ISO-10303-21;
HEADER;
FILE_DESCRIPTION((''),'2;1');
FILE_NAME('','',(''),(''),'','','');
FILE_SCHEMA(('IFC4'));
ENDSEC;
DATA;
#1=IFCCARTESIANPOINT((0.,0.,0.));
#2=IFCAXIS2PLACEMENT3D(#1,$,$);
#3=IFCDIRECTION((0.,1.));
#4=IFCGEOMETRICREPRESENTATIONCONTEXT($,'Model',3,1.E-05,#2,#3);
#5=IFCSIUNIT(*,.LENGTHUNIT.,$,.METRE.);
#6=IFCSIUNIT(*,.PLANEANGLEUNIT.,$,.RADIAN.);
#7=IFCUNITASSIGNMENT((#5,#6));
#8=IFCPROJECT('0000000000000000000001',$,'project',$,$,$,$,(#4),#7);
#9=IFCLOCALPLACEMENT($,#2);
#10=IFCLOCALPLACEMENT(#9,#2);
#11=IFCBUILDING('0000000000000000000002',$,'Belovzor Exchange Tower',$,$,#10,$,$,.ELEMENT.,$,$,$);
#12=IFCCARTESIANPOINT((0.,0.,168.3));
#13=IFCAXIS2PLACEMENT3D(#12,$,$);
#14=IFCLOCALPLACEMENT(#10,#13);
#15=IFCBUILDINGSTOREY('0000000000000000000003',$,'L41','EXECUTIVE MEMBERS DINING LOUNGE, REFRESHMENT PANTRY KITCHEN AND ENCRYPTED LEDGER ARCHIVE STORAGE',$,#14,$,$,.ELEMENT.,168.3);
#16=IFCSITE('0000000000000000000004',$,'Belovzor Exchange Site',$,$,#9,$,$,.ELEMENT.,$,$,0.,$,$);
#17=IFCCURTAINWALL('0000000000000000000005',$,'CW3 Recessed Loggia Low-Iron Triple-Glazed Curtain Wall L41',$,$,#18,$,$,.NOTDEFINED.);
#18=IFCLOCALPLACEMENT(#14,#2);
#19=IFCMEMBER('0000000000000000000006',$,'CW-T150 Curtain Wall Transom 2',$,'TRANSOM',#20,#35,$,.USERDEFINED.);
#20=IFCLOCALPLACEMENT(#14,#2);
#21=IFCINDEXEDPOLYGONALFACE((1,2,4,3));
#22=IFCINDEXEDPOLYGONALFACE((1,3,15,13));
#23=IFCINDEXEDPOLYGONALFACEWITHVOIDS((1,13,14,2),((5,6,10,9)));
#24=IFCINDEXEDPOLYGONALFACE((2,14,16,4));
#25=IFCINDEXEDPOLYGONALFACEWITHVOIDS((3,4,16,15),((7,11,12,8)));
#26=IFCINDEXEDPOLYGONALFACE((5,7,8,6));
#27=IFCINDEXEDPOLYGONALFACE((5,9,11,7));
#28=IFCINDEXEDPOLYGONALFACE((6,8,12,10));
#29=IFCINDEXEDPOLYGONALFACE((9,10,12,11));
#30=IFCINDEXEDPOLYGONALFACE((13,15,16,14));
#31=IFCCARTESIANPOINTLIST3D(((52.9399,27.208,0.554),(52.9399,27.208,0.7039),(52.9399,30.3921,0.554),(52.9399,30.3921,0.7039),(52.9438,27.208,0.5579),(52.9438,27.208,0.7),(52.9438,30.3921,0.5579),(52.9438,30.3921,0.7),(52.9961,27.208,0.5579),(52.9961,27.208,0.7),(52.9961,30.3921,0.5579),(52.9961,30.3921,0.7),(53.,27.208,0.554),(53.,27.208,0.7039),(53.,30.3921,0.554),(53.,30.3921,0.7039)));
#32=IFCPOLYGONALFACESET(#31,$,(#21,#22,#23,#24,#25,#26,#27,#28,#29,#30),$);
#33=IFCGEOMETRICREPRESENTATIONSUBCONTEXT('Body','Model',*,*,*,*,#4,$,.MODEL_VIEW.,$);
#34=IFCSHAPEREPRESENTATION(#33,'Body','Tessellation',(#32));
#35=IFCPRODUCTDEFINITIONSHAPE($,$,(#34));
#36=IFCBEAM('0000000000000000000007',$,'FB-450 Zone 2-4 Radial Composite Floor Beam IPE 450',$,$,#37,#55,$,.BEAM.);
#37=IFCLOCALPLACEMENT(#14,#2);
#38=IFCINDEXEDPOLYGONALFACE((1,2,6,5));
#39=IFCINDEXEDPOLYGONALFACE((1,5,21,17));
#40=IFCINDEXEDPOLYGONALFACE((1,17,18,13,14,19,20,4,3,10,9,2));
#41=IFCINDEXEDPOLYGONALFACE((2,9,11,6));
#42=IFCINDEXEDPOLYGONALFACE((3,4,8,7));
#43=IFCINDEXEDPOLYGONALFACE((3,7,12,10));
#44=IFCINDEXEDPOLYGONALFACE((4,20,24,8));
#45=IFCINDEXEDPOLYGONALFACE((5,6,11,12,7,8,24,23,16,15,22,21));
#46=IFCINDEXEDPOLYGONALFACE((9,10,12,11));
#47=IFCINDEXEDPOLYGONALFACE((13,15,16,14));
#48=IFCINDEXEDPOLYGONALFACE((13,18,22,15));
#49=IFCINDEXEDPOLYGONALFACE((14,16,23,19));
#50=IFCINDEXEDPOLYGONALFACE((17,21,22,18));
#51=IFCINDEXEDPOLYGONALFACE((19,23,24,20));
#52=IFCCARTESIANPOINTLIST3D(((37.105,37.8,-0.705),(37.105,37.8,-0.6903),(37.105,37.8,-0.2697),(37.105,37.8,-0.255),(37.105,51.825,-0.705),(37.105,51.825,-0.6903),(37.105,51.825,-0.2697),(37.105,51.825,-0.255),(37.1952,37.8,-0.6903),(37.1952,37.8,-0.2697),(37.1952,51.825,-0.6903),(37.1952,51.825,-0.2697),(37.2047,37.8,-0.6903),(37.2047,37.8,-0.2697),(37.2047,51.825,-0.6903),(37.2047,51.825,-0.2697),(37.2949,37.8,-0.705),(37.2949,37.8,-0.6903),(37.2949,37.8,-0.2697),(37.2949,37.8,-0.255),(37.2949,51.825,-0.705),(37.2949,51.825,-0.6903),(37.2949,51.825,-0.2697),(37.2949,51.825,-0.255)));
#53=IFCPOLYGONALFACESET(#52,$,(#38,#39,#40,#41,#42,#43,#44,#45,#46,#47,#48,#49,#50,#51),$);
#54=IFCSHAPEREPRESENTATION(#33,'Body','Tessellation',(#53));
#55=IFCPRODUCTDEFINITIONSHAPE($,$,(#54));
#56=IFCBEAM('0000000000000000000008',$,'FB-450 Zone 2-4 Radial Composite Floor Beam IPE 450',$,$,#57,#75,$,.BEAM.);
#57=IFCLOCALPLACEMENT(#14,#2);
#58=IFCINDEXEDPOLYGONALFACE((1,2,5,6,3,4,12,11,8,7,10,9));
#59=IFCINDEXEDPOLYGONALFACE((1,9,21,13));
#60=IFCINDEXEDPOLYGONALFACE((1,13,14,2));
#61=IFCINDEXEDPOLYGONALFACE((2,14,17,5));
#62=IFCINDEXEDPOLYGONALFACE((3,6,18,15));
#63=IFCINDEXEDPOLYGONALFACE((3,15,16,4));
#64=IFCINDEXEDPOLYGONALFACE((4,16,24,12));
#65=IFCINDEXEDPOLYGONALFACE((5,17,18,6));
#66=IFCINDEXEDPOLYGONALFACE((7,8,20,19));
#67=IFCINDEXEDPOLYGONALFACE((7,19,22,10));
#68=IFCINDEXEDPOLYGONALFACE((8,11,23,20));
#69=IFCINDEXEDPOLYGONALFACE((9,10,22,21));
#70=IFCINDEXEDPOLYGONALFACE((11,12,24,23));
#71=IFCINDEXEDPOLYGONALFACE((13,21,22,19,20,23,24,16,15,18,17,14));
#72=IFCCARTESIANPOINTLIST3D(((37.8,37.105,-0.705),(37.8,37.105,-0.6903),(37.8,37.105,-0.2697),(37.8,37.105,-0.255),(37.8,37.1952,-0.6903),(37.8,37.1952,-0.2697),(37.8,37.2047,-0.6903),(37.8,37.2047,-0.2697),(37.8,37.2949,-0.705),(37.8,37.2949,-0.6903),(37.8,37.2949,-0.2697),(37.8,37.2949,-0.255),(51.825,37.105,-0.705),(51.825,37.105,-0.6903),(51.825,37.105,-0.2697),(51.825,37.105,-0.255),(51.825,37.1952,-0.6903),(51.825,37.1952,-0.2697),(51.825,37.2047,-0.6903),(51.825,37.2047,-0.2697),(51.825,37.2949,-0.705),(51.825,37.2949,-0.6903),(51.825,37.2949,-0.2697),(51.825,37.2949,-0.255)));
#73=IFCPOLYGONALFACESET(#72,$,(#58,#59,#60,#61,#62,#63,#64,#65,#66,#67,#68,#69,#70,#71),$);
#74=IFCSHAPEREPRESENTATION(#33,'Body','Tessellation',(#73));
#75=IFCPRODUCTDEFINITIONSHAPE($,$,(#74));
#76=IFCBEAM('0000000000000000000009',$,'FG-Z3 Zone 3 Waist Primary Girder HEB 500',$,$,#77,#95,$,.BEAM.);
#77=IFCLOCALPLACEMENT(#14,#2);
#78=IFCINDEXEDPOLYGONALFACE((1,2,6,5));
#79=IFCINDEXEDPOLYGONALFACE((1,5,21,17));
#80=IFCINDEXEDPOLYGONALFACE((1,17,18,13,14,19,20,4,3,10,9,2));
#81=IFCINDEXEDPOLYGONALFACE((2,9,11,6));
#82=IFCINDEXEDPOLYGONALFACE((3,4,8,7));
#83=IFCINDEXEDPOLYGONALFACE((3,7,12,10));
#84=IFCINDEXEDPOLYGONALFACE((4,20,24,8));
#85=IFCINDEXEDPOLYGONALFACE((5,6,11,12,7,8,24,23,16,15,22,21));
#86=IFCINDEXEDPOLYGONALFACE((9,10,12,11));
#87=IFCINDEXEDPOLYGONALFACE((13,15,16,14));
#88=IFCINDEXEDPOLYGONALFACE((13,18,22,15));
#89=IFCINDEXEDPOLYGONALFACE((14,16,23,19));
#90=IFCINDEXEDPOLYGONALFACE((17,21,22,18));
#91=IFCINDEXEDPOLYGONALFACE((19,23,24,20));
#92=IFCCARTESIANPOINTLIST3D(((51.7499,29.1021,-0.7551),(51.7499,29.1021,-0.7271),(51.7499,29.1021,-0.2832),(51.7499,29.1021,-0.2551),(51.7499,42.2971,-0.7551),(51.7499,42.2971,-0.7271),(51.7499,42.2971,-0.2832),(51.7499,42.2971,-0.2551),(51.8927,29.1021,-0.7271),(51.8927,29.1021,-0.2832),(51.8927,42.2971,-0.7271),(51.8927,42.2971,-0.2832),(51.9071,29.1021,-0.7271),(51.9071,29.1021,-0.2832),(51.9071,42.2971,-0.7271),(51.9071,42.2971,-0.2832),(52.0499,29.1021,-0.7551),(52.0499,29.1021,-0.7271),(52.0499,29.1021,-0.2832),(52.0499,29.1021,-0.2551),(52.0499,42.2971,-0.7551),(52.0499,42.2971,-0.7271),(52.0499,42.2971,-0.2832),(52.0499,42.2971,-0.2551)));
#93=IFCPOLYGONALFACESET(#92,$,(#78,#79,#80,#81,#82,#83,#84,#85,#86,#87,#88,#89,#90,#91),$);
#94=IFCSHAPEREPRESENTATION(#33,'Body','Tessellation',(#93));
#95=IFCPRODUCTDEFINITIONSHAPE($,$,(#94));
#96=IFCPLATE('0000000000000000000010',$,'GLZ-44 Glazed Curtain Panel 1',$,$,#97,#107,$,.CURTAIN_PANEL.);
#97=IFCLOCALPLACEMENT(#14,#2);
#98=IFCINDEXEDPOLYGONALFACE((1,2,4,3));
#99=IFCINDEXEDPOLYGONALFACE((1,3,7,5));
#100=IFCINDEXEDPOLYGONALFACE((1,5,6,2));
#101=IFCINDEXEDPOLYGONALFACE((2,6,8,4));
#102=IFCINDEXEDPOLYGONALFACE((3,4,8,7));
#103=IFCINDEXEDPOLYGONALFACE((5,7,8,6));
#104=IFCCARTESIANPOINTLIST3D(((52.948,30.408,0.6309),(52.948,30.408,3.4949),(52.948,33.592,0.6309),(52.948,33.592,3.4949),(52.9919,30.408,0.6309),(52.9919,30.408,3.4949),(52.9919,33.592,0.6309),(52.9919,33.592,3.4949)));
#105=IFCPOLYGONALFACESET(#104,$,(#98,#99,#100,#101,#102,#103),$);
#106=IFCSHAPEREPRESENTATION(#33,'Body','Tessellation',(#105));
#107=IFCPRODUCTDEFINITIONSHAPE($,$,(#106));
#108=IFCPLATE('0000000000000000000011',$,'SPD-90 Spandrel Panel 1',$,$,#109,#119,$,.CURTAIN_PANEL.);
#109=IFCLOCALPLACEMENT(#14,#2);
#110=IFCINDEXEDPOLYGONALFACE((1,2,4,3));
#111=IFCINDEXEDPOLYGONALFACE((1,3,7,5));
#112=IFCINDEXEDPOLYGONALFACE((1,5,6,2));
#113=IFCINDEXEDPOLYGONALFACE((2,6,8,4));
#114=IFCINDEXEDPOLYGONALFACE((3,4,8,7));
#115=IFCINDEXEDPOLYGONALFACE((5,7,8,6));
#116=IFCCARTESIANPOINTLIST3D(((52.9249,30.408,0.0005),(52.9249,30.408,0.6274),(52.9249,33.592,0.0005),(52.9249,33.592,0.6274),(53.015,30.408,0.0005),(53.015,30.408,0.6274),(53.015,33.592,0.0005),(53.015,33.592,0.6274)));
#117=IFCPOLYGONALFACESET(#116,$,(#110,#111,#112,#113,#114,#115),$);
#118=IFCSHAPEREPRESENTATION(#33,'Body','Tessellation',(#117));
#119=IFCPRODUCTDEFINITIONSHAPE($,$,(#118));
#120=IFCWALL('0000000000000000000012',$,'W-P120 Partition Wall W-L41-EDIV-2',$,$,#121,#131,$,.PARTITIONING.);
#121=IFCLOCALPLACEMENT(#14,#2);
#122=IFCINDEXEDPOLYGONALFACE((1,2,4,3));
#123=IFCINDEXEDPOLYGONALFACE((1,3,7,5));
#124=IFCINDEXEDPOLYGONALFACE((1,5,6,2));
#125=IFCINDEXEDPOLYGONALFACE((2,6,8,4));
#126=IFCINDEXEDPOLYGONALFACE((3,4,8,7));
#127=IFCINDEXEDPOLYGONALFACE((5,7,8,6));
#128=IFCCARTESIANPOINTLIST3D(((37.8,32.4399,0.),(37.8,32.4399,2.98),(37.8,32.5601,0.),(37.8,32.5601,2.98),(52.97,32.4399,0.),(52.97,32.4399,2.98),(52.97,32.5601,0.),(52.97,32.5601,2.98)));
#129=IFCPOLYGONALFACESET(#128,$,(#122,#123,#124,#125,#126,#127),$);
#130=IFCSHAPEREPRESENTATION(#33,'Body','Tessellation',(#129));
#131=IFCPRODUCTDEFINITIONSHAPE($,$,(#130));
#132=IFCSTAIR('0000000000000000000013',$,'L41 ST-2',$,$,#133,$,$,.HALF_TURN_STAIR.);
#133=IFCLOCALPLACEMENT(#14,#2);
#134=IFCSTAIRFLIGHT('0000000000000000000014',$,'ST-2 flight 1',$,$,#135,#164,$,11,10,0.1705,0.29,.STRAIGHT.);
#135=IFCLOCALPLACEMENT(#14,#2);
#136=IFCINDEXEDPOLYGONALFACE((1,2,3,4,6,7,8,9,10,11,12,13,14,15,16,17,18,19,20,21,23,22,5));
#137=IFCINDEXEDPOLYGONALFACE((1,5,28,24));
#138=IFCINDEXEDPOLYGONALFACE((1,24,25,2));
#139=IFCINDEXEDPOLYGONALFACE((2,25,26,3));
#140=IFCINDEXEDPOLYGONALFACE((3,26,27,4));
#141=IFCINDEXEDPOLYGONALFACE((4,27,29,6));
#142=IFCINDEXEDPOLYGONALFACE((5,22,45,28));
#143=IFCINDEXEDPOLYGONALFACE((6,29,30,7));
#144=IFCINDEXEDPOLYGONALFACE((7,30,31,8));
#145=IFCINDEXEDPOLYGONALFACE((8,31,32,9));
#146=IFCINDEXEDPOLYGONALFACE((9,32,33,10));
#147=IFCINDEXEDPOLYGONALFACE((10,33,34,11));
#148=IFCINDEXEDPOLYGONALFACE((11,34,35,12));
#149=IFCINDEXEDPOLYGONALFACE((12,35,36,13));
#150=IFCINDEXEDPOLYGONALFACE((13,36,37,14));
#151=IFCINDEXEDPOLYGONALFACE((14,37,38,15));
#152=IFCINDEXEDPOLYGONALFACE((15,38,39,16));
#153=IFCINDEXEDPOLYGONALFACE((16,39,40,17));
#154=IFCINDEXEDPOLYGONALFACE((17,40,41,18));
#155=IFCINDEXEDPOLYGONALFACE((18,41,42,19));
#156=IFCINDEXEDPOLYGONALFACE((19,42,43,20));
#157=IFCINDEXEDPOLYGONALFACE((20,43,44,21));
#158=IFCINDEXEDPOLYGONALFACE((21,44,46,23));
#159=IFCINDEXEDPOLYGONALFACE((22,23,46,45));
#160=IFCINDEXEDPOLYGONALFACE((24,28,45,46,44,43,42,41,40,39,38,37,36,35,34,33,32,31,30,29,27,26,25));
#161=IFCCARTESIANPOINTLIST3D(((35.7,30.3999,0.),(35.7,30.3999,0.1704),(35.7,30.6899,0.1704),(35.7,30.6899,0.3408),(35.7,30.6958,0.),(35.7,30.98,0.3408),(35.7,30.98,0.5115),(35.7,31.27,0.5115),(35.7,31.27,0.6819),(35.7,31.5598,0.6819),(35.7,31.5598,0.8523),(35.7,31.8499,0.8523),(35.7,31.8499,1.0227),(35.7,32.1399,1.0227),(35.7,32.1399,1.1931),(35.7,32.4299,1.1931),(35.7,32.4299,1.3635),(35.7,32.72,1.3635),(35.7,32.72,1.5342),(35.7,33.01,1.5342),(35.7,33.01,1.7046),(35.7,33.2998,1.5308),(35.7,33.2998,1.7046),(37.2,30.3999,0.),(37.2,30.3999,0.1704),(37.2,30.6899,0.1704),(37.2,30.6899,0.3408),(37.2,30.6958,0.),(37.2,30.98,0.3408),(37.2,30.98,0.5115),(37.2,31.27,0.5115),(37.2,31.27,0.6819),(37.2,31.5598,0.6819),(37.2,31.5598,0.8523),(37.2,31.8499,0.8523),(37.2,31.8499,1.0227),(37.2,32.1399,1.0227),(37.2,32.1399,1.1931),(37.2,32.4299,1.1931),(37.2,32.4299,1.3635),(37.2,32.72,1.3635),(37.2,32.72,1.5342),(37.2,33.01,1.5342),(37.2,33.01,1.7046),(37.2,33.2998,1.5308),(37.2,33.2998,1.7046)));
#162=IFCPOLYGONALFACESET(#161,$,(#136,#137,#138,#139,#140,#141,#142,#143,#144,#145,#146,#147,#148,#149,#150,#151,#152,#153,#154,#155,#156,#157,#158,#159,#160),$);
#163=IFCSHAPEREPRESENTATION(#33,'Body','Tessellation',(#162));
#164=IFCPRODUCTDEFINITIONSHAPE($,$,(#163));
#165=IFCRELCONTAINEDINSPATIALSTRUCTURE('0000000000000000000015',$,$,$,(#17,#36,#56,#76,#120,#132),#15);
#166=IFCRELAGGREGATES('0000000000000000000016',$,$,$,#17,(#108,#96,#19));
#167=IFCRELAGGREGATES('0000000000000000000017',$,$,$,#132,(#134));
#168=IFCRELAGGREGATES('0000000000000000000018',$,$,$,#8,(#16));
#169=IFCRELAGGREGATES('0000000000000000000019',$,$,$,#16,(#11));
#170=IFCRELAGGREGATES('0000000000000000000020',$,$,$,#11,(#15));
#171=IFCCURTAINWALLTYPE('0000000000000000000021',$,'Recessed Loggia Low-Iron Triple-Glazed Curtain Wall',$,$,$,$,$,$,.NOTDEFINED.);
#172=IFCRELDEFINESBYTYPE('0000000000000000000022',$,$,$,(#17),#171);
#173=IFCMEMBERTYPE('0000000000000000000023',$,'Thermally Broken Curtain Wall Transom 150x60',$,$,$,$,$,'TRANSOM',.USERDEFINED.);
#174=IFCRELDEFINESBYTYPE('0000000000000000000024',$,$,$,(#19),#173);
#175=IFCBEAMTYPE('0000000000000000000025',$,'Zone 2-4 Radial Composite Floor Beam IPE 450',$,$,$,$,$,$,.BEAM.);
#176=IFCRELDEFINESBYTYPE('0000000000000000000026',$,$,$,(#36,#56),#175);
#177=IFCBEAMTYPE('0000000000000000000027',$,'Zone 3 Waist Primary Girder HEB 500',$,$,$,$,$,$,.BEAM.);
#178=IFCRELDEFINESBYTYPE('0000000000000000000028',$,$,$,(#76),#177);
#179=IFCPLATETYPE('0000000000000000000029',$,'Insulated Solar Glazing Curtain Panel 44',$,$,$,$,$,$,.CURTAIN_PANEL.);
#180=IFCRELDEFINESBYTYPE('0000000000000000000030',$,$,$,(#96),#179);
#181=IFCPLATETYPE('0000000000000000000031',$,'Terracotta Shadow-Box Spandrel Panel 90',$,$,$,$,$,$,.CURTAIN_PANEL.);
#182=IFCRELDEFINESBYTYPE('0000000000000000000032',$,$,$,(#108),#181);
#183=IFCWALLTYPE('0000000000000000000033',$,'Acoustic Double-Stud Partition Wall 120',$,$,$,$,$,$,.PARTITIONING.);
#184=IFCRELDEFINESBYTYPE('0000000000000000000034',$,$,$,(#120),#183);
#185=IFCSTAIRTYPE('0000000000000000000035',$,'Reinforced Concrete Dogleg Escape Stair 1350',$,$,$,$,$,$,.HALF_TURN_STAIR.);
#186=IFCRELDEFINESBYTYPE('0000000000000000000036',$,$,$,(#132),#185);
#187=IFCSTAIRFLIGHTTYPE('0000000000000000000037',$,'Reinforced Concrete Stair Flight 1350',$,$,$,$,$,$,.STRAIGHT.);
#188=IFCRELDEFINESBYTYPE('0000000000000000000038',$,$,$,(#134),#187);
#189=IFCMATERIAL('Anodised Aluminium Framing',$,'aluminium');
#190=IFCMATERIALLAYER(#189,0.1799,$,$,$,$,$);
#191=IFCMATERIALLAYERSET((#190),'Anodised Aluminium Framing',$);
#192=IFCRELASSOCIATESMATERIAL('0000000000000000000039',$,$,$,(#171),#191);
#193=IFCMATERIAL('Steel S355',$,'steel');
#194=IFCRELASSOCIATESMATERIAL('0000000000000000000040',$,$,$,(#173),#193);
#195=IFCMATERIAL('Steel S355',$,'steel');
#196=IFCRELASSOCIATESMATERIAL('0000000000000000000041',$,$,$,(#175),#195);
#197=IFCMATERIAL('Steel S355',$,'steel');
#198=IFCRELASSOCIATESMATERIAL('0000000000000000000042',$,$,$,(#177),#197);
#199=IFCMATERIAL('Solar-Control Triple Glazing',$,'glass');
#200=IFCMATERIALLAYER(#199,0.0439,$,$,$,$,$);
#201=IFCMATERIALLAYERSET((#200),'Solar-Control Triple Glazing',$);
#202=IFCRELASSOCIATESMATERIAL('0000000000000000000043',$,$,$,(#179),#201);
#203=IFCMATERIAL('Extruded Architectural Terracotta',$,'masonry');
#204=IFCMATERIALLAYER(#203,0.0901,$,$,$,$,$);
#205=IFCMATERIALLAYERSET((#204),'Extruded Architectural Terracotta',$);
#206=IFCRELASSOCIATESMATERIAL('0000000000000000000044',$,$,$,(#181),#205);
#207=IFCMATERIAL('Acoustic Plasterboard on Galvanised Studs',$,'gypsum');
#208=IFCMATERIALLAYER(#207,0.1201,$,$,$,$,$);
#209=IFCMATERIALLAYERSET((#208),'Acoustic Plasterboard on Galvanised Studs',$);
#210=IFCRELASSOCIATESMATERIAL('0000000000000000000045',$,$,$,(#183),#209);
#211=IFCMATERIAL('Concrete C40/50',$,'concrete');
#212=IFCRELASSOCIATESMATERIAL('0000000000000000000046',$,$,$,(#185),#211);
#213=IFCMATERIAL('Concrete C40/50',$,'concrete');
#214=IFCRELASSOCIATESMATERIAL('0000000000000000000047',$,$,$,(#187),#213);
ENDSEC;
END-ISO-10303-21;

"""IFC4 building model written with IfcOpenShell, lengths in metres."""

from ifc_helpers import new_model, si_unit, direction, frame, frame_2d, origin, origin_2d, place, context, subcontext, project, spatial, polyline, rectangle, hollow_rectangle, i_section, outline, extrude, material, layer, layer_set, material_profile, profile_set, type_object, element, aggregate, save


model = new_model("IFC4")

# Units and contexts
model_context = context("Model", 3, precision=1e-05, world=origin(), true_north=direction((0.0, 1.0)))
body_context = subcontext(model_context, "Body", "Model", "MODEL_VIEW")
ifc_project = project(units=[si_unit("LENGTHUNIT", "METRE"), si_unit("PLANEANGLEUNIT", "RADIAN")], contexts=[model_context])

# Site, building, storey
site_placement = place(None, origin())
site = spatial("IfcSite", under=ifc_project, at=site_placement, Name="Belovzor Exchange Site", CompositionType="ELEMENT", RefElevation=0.0)
building_placement = place(site_placement, origin())
building = spatial("IfcBuilding", under=site, at=building_placement, Name="Belovzor Exchange Tower", CompositionType="ELEMENT")
storey_placement = place(building_placement, frame((0.0, 0.0, 168.3)))
storey = spatial("IfcBuildingStorey", under=building, at=storey_placement, Name="L41", Description="EXECUTIVE MEMBERS DINING LOUNGE, REFRESHMENT PANTRY KITCHEN AND ENCRYPTED LEDGER ARCHIVE STORAGE", CompositionType="ELEMENT", Elevation=168.3)

# Curtain wall, member
ifc_material_1 = material(Name="Anodised Aluminium Framing", Category="aluminium")
ifc_layer_1 = layer(ifc_material_1, 0.1799)
ifc_layer_set_1 = layer_set([ifc_layer_1], Name="Anodised Aluminium Framing")
curtain_wall_type = type_object("IfcCurtainWallType", Name="Recessed Loggia Low-Iron Triple-Glazed Curtain Wall", PredefinedType="NOTDEFINED", material=ifc_layer_set_1)
curtain_wall_placement = place(storey_placement, origin())
curtain_wall = element("IfcCurtainWall", 1, at=curtain_wall_placement, inside=storey, type_object=curtain_wall_type, Name="CW3 Recessed Loggia Low-Iron Triple-Glazed Curtain Wall L41", PredefinedType="NOTDEFINED")
ifc_material_2 = material(Name="Steel S355", Category="steel")
ifc_material_profile_1 = material_profile(ifc_material_2, hollow_rectangle(XDim=0.0601, YDim=0.1499, WallThickness=0.0039, at=origin_2d()))
ifc_profile_set_1 = profile_set([ifc_material_profile_1], Name="Steel S355")
member_type_1 = type_object("IfcMemberType", Name="Thermally Broken Curtain Wall Transom 150x60", ElementType="TRANSOM", PredefinedType="USERDEFINED", material=ifc_profile_set_1)
member_1_placement = place(storey_placement, frame((52.97, 30.3921, 0.6289), z_axis=(0.0, -1.0, 0.0), x_axis=(1.0, 0.0, 0.0)))
member_1 = element("IfcMember", 2, at=member_1_placement, type_object=member_type_1, Name="CW-T150 Curtain Wall Transom 2", ObjectType="TRANSOM", PredefinedType="USERDEFINED", context=body_context, shape_type="SweptSolid", body=[
    extrude(hollow_rectangle(XDim=0.0601, YDim=0.1499, WallThickness=0.0039, at=origin_2d()), origin(), (0.0, 0.0, 1.0), 3.1841),
])

# Beams
ifc_material_3 = material(Name="Steel S355", Category="steel")
ifc_material_profile_2 = material_profile(ifc_material_3, i_section(OverallWidth=0.1899, OverallDepth=0.45, WebThickness=0.0095, FlangeThickness=0.0146, at=origin_2d()))
ifc_profile_set_2 = profile_set([ifc_material_profile_2], Name="Steel S355")
beam_type_1 = type_object("IfcBeamType", Name="Zone 2-4 Radial Composite Floor Beam IPE 450", PredefinedType="BEAM", material=ifc_profile_set_2)
for number, where, z_axis, x_axis, name in (
    (3, (37.2, 37.8, -0.48), (0.0, 1.0, 0.0), (-1.0, 0.0, 0.0), "FB-450 Zone 2-4 Radial Composite Floor Beam IPE 450"),
    (4, (37.8, 37.2, -0.48), (1.0, 0.0, 0.0), (0.0, 1.0, 0.0), "FB-450 Zone 2-4 Radial Composite Floor Beam IPE 450"),
):
    element("IfcBeam", number, at=place(storey_placement, frame(where, z_axis=z_axis, x_axis=x_axis)), inside=storey, type_object=beam_type_1, Name=name, PredefinedType="BEAM", context=body_context, shape_type="SweptSolid", body=[
        extrude(i_section(OverallWidth=0.1899, OverallDepth=0.45, WebThickness=0.0095, FlangeThickness=0.0146, at=origin_2d()), origin(), (0.0, 0.0, 1.0), 14.0249),
    ])
ifc_material_4 = material(Name="Steel S355", Category="steel")
ifc_material_profile_3 = material_profile(ifc_material_4, i_section(OverallWidth=0.3, OverallDepth=0.5, WebThickness=0.0144, FlangeThickness=0.0281, at=origin_2d()))
ifc_profile_set_3 = profile_set([ifc_material_profile_3], Name="Steel S355")
beam_type_2 = type_object("IfcBeamType", Name="Zone 3 Waist Primary Girder HEB 500", PredefinedType="BEAM", material=ifc_profile_set_3)
beam_1_placement = place(storey_placement, frame((51.8999, 29.1021, -0.5051), z_axis=(0.0, 1.0, 0.0), x_axis=(-1.0, 0.0, 0.0)))
element("IfcBeam", 5, at=beam_1_placement, inside=storey, type_object=beam_type_2, Name="FG-Z3 Zone 3 Waist Primary Girder HEB 500", PredefinedType="BEAM", context=body_context, shape_type="SweptSolid", body=[
    extrude(i_section(OverallWidth=0.3, OverallDepth=0.5, WebThickness=0.0144, FlangeThickness=0.0281, at=origin_2d()), origin(), (0.0, 0.0, 1.0), 13.1951),
])

# Plates
ifc_material_5 = material(Name="Solar-Control Triple Glazing", Category="glass")
ifc_layer_2 = layer(ifc_material_5, 0.0439)
ifc_layer_set_2 = layer_set([ifc_layer_2], Name="Solar-Control Triple Glazing")
plate_type_1 = type_object("IfcPlateType", Name="Insulated Solar Glazing Curtain Panel 44", PredefinedType="CURTAIN_PANEL", material=ifc_layer_set_2)
plate_1_placement = place(storey_placement, frame((52.97, 32.0, 0.6309), z_axis=(0.0, 0.0, 1.0), x_axis=(0.0, -1.0, 0.0)))
plate_1 = element("IfcPlate", 6, at=plate_1_placement, type_object=plate_type_1, Name="GLZ-44 Glazed Curtain Panel 1", PredefinedType="CURTAIN_PANEL", context=body_context, shape_type="SweptSolid", body=[
    extrude(rectangle(XDim=3.1841, YDim=0.0439, at=origin_2d()), origin(), (0.0, 0.0, 1.0), 2.864),
])
ifc_material_6 = material(Name="Extruded Architectural Terracotta", Category="masonry")
ifc_layer_3 = layer(ifc_material_6, 0.0901)
ifc_layer_set_3 = layer_set([ifc_layer_3], Name="Extruded Architectural Terracotta")
plate_type_2 = type_object("IfcPlateType", Name="Terracotta Shadow-Box Spandrel Panel 90", PredefinedType="CURTAIN_PANEL", material=ifc_layer_set_3)
plate_2_placement = place(storey_placement, frame((52.97, 32.0, 0.0005), z_axis=(0.0, 0.0, 1.0), x_axis=(0.0, -1.0, 0.0)))
plate_2 = element("IfcPlate", 7, at=plate_2_placement, type_object=plate_type_2, Name="SPD-90 Spandrel Panel 1", PredefinedType="CURTAIN_PANEL", context=body_context, shape_type="SweptSolid", body=[
    extrude(rectangle(XDim=3.1841, YDim=0.0901, at=origin_2d()), origin(), (0.0, 0.0, 1.0), 0.627),
])
aggregate(curtain_wall, [plate_2, plate_1, member_1])

# Wall
ifc_material_7 = material(Name="Acoustic Plasterboard on Galvanised Studs", Category="gypsum")
ifc_layer_4 = layer(ifc_material_7, 0.1201)
ifc_layer_set_4 = layer_set([ifc_layer_4], Name="Acoustic Plasterboard on Galvanised Studs")
wall_type = type_object("IfcWallType", Name="Acoustic Double-Stud Partition Wall 120", PredefinedType="PARTITIONING", material=ifc_layer_set_4)
wall_placement = place(storey_placement, frame((37.8, 32.5, 0.0), z_axis=(0.0, 0.0, 1.0), x_axis=(1.0, 0.0, 0.0)))
element("IfcWall", 8, at=wall_placement, inside=storey, type_object=wall_type, Name="W-P120 Partition Wall W-L41-EDIV-2", PredefinedType="PARTITIONING", context=body_context, shape_type="SweptSolid", body=[
    extrude(rectangle(XDim=15.1699, YDim=0.1201, at=frame_2d((7.585, 0.0))), origin(), (0.0, 0.0, 1.0), 2.98),
])

# Stair, stair flight
ifc_material_8 = material(Name="Concrete C40/50", Category="concrete")
stair_type = type_object("IfcStairType", Name="Reinforced Concrete Dogleg Escape Stair 1350", PredefinedType="HALF_TURN_STAIR", material=ifc_material_8)
stair_placement = place(storey_placement, origin())
stair = element("IfcStair", 9, at=stair_placement, inside=storey, type_object=stair_type, Name="L41 ST-2", PredefinedType="HALF_TURN_STAIR")
ifc_material_9 = material(Name="Concrete C40/50", Category="concrete")
stair_flight_type = type_object("IfcStairFlightType", Name="Reinforced Concrete Stair Flight 1350", PredefinedType="STRAIGHT", material=ifc_material_9)
stair_flight_placement = place(storey_placement, frame((36.45, 30.3999, 0.0), z_axis=(0.0, 0.0, 1.0), x_axis=(0.0, 1.0, 0.0)))
stair_flight = element("IfcStairFlight", 10, at=stair_flight_placement, type_object=stair_flight_type, Name="ST-2 flight 1", NumberOfRisers=11, NumberOfTreads=10, PredefinedType="STRAIGHT", RiserHeight=0.1705, TreadLength=0.29, context=body_context, shape_type="SweptSolid", body=[
    extrude(outline(polyline([(0.0, 0.0), (0.0, 0.1704), (0.29, 0.1704), (0.29, 0.3408), (0.5801, 0.3408), (0.5801, 0.5115), (0.8701, 0.5115), (0.8701, 0.6819), (1.1599, 0.6819), (1.1599, 0.8523), (1.45, 0.8523), (1.45, 1.0227), (1.74, 1.0227), (1.74, 1.1931), (2.03, 1.1931), (2.03, 1.3635), (2.3201, 1.3635), (2.3201, 1.5342), (2.6101, 1.5342), (2.6101, 1.7046), (2.8999, 1.7046), (2.8999, 1.875), (2.8999, 1.5308), (0.2959, 0.0), (0.0, 0.0)])), frame((0.0, 0.75, 0.0), z_axis=(0.0, -1.0, 0.0), x_axis=(1.0, 0.0, 0.0)), (0.0, 0.0, 1.0), 1.5),
])
aggregate(stair, [stair_flight])

save(model, "model.ifc")
